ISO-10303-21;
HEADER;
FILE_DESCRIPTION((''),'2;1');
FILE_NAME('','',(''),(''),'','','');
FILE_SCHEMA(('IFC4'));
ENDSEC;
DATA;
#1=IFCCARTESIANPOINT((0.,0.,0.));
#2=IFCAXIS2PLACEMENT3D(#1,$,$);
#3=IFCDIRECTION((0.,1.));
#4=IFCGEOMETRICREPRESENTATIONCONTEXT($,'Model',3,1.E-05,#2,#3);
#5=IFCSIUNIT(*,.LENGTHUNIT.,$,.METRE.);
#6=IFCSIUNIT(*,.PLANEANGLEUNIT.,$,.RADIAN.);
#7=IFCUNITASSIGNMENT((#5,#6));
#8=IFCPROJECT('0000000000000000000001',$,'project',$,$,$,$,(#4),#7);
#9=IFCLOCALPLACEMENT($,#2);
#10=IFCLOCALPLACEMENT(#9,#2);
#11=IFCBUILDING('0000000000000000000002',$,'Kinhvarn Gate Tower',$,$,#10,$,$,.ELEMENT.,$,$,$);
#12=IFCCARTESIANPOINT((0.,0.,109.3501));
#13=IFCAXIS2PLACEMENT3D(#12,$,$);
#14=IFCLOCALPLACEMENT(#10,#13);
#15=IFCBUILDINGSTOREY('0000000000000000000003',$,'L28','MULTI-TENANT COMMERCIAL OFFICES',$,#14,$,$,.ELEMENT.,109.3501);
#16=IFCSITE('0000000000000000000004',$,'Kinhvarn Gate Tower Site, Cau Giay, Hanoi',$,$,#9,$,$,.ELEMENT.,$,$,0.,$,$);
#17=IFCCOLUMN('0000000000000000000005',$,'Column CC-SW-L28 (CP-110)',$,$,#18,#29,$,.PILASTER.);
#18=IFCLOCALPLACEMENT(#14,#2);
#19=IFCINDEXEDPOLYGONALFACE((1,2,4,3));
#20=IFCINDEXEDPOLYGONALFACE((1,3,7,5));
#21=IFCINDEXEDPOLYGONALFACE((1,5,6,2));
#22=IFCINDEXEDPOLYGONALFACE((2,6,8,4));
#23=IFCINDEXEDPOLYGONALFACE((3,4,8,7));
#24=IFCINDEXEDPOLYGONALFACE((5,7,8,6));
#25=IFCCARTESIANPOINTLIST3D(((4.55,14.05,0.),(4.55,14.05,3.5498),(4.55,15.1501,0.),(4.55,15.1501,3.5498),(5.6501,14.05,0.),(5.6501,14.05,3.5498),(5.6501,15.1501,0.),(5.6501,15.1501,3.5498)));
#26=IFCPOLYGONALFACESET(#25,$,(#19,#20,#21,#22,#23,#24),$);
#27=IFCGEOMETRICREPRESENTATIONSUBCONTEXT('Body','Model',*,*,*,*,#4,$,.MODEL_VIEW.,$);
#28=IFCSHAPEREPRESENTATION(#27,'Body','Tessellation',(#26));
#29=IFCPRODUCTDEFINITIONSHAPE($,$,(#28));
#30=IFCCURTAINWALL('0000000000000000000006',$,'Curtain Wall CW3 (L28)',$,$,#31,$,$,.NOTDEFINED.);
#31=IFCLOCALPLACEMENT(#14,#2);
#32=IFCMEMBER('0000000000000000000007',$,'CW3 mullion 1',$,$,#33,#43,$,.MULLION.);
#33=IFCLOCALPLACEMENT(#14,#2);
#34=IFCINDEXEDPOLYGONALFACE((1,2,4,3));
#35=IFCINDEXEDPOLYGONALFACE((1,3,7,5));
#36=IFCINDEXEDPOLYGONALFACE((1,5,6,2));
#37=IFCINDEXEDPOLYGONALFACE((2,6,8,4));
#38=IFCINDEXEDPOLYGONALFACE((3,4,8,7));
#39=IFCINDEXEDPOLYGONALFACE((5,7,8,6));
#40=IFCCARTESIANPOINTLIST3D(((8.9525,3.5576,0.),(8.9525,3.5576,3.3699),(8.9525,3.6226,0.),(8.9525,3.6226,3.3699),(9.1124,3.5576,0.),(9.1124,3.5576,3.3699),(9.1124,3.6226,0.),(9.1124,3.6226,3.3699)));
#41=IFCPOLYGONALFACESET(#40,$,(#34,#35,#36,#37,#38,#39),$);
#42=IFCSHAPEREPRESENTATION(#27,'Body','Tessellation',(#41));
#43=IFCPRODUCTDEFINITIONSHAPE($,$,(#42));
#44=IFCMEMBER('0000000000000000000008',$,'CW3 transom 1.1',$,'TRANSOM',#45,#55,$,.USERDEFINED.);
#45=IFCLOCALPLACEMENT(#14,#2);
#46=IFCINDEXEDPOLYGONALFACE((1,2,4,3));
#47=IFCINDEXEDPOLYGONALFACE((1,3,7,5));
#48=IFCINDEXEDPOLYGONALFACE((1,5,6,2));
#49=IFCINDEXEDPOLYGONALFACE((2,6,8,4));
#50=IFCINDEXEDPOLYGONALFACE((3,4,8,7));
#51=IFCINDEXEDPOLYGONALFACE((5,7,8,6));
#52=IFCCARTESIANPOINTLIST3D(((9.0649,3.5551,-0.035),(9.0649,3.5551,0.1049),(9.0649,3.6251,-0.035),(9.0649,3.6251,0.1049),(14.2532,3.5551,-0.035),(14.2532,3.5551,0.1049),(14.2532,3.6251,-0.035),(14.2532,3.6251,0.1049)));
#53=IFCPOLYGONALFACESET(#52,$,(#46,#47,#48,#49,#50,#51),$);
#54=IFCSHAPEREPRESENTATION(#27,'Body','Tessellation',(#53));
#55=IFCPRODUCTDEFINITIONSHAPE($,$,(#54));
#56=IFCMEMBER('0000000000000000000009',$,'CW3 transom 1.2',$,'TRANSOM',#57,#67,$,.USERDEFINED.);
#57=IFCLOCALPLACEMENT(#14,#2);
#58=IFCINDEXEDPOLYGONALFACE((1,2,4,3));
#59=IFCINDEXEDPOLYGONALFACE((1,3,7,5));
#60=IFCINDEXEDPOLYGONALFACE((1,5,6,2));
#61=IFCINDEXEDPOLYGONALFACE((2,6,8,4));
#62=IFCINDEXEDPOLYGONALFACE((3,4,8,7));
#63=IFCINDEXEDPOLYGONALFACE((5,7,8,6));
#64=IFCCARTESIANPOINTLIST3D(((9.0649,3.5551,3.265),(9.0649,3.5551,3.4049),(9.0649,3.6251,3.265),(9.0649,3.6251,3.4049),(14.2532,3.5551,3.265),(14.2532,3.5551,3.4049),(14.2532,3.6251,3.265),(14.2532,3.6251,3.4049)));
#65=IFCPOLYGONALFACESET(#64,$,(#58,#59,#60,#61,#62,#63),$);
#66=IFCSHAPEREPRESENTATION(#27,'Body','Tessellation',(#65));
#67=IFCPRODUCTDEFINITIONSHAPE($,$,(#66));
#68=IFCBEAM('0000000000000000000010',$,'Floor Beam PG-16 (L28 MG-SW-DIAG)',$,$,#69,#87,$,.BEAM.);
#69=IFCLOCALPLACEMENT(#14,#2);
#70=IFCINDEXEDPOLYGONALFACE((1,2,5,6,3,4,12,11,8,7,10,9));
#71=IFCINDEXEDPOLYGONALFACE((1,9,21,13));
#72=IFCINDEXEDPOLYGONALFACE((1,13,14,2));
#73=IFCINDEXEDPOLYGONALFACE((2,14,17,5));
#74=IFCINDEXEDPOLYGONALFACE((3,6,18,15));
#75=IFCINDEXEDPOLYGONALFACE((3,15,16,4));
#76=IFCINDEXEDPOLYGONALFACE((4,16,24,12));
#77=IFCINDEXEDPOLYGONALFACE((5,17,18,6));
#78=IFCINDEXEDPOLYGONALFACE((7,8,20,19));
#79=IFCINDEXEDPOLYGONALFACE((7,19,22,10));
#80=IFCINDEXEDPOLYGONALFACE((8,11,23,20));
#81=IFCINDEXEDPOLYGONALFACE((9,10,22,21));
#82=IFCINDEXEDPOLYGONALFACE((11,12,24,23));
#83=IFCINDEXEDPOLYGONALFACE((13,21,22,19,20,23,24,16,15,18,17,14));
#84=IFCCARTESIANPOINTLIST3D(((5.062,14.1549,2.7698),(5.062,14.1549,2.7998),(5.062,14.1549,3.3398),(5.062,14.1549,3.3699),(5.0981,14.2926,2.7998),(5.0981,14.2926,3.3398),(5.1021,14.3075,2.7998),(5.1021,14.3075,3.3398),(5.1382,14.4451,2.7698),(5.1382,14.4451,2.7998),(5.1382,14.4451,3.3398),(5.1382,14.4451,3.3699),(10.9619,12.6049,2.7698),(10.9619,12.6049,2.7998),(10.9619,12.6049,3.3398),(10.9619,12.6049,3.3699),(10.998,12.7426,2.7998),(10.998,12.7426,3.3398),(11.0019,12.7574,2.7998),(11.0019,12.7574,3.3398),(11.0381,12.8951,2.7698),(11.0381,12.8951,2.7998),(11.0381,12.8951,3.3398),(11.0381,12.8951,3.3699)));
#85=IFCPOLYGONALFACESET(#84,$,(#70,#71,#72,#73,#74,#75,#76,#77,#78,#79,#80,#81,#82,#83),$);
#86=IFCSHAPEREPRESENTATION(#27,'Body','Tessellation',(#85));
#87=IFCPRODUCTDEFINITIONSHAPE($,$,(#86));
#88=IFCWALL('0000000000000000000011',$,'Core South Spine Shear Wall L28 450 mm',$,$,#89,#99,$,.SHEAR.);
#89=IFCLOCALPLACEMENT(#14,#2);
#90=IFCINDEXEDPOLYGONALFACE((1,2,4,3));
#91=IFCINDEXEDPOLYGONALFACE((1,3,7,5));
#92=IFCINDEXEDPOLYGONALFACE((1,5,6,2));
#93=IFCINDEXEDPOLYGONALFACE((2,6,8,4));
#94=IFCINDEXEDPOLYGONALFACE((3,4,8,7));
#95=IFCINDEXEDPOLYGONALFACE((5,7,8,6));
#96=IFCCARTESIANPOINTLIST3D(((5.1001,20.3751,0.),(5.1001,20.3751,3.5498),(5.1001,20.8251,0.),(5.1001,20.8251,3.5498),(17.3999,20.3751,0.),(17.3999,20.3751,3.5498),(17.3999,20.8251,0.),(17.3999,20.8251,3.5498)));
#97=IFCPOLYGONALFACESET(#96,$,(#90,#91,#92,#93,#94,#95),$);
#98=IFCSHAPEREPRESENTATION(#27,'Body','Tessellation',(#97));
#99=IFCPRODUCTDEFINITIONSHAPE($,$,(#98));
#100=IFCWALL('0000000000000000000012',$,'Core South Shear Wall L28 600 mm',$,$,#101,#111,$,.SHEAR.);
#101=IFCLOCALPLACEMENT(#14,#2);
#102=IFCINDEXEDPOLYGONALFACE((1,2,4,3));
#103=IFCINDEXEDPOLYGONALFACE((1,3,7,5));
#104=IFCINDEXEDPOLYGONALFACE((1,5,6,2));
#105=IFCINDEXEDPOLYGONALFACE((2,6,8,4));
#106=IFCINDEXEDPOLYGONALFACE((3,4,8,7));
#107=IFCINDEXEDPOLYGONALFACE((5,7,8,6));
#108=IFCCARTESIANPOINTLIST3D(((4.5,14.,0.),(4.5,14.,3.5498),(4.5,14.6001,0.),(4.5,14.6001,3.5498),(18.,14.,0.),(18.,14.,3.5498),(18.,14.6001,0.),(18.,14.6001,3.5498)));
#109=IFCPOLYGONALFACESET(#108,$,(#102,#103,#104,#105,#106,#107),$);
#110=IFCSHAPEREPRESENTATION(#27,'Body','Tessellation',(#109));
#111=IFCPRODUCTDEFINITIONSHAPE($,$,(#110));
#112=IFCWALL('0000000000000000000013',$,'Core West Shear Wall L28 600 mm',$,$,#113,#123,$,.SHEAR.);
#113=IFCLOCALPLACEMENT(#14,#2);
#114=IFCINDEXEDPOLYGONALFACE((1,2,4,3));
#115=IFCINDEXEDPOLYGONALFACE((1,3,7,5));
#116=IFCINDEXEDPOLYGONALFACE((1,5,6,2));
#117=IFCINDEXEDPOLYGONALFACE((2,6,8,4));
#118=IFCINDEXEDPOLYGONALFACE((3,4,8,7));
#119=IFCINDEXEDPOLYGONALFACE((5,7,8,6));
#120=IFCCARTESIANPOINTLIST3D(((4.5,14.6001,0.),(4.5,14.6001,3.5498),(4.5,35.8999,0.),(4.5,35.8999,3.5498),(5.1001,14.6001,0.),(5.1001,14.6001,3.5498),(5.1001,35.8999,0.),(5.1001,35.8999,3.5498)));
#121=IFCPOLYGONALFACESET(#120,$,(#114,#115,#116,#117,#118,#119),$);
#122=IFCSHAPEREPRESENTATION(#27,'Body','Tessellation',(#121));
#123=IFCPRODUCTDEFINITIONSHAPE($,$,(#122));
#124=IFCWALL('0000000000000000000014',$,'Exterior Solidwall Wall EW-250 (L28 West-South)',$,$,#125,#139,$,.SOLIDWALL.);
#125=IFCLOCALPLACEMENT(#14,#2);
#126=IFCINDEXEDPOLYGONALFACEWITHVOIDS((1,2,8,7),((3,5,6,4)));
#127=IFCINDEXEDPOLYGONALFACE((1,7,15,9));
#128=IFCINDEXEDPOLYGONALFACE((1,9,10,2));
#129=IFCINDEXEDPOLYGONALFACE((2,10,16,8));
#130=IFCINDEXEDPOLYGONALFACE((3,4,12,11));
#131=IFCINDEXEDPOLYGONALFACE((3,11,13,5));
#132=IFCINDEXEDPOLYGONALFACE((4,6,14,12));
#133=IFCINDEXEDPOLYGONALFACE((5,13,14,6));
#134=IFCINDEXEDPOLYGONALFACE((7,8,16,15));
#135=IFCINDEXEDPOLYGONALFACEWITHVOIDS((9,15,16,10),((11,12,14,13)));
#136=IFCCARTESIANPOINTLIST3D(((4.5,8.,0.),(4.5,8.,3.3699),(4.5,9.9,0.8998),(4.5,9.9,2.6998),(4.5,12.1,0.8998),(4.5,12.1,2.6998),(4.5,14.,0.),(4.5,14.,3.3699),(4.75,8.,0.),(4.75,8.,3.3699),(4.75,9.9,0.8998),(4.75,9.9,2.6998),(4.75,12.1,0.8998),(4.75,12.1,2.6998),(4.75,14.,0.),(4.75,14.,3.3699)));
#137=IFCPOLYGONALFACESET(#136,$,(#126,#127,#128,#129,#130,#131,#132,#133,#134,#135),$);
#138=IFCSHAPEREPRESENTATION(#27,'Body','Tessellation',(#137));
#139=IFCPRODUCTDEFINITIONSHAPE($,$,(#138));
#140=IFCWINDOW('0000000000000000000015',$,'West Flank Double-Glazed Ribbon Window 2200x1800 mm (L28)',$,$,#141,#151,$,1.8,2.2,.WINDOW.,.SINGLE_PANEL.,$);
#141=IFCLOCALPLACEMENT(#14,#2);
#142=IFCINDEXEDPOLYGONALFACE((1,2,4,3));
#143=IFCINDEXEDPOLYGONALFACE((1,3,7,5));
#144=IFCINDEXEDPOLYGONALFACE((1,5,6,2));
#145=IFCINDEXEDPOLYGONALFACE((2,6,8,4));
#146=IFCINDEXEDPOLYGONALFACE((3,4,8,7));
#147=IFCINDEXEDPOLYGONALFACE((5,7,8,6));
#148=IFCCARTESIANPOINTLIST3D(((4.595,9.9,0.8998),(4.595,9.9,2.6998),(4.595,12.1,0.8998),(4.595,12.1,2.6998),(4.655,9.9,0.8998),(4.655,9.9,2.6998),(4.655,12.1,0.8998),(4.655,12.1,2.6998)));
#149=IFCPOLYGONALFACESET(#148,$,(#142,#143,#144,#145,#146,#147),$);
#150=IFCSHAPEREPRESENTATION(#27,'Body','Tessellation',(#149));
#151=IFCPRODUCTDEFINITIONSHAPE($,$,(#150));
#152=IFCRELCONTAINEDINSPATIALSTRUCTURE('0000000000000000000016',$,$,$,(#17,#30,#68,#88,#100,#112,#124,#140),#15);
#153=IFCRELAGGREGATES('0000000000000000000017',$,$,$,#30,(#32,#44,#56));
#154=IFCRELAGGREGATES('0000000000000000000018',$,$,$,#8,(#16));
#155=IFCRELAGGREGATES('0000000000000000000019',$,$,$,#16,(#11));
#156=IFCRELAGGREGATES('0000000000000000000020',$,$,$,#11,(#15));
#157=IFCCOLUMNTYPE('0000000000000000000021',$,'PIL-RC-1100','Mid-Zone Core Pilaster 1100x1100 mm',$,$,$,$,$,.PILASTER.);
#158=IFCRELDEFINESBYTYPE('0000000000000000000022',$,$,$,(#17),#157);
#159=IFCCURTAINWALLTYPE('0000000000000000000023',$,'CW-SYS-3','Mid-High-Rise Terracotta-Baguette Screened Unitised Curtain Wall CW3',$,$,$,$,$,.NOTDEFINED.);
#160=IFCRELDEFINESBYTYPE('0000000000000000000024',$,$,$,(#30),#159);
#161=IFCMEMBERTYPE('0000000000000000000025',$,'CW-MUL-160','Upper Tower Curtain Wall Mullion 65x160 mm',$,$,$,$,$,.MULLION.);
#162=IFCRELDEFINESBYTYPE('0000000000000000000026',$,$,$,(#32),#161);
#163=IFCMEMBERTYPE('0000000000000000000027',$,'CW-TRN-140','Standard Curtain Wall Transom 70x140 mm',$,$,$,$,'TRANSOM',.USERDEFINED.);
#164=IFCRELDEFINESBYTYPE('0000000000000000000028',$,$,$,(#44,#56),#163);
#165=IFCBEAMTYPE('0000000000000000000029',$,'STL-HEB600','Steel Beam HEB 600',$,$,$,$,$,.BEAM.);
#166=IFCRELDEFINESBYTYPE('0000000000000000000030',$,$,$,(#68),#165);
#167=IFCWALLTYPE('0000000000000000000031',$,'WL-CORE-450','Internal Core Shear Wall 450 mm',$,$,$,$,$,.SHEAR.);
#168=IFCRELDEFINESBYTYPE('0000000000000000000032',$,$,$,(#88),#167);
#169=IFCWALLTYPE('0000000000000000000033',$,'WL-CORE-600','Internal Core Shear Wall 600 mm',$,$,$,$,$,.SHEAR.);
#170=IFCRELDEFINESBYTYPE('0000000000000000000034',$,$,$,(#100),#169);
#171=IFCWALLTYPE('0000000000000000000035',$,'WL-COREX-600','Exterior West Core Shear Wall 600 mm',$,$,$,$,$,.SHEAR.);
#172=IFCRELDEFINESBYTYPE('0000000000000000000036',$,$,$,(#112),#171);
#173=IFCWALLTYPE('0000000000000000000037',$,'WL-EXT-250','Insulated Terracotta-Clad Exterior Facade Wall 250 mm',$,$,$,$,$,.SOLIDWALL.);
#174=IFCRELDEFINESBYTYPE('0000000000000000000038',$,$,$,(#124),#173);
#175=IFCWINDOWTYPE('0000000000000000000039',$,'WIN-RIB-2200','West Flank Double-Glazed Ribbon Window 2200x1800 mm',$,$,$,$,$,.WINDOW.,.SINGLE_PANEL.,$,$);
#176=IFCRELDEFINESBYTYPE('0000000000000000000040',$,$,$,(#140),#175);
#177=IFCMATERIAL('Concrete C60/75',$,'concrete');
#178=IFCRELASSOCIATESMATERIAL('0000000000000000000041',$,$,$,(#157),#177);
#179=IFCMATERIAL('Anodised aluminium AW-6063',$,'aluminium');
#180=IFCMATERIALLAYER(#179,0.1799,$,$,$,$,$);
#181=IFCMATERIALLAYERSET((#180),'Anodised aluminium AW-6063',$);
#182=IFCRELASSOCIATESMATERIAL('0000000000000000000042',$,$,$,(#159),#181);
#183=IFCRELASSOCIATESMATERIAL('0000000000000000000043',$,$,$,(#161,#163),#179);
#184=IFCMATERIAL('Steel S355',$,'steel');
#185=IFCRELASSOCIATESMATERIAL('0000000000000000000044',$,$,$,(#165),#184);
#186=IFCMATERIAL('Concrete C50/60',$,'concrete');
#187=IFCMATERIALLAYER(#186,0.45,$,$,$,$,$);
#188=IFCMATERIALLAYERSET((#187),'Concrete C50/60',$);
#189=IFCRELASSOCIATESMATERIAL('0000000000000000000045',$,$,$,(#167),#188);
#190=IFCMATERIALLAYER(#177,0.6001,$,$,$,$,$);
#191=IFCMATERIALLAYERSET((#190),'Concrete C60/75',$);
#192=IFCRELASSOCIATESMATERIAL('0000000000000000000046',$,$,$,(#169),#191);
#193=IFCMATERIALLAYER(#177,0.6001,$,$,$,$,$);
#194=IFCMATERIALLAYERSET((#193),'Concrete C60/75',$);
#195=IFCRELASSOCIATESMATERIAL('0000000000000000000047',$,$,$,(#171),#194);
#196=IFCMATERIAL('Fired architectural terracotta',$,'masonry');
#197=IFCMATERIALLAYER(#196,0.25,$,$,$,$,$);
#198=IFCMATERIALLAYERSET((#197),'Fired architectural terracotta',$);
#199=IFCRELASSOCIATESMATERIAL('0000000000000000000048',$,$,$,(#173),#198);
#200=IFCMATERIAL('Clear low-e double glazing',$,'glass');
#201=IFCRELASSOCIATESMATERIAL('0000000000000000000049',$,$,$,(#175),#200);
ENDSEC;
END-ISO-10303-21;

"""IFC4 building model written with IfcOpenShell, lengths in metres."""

from ifc_helpers import new_model, si_unit, direction, frame, frame_2d, origin, origin_2d, place, context, subcontext, project, spatial, rectangle, i_section, extrude, material, layer, layer_set, material_profile, profile_set, type_object, element, fill, aggregate, save


model = new_model("IFC4")

# Units and contexts
model_context = context("Model", 3, precision=1e-05, world=origin(), true_north=direction((0.0, 1.0)))
body_context = subcontext(model_context, "Body", "Model", "MODEL_VIEW")
ifc_project = project(units=[si_unit("LENGTHUNIT", "METRE"), si_unit("PLANEANGLEUNIT", "RADIAN")], contexts=[model_context])

# Site, building, storey
site_placement = place(None, origin())
site = spatial("IfcSite", under=ifc_project, at=site_placement, Name="Kinhvarn Gate Tower Site, Cau Giay, Hanoi", CompositionType="ELEMENT", RefElevation=0.0)
building_placement = place(site_placement, origin())
building = spatial("IfcBuilding", under=site, at=building_placement, Name="Kinhvarn Gate Tower", CompositionType="ELEMENT")
storey_placement = place(building_placement, frame((0.0, 0.0, 109.3501)))
storey = spatial("IfcBuildingStorey", under=building, at=storey_placement, Name="L28", Description="MULTI-TENANT COMMERCIAL OFFICES", CompositionType="ELEMENT", Elevation=109.3501)

# Column
ifc_material_1 = material(Name="Concrete C60/75", Category="concrete")
ifc_material_profile_1 = material_profile(ifc_material_1, rectangle(XDim=1.1001, YDim=1.1001, at=origin_2d()), Name="RC 1100x1100")
ifc_profile_set_1 = profile_set([ifc_material_profile_1], Name="Concrete C60/75")
column_type = type_object("IfcColumnType", Name="PIL-RC-1100", Description="Mid-Zone Core Pilaster 1100x1100 mm", PredefinedType="PILASTER", material=ifc_profile_set_1)
column_placement = place(storey_placement, frame((5.1001, 14.6001, 0.0), z_axis=(0.0, 0.0, 1.0), x_axis=(1.0, 0.0, 0.0)))
element("IfcColumn", 1, at=column_placement, inside=storey, type_object=column_type, Name="Column CC-SW-L28 (CP-110)", PredefinedType="PILASTER", context=body_context, shape_type="SweptSolid", body=[
    extrude(rectangle(XDim=1.1001, YDim=1.1001, at=origin_2d()), origin(), (0.0, 0.0, 1.0), 3.5498),
])

# Curtain wall, members
ifc_material_2 = material(Name="Anodised aluminium AW-6063", Category="aluminium")
ifc_layer_1 = layer(ifc_material_2, 0.1799)
ifc_layer_set_1 = layer_set([ifc_layer_1], Name="Anodised aluminium AW-6063")
curtain_wall_type = type_object("IfcCurtainWallType", Name="CW-SYS-3", Description="Mid-High-Rise Terracotta-Baguette Screened Unitised Curtain Wall CW3", PredefinedType="NOTDEFINED", material=ifc_layer_set_1)
curtain_wall_placement = place(storey_placement, origin())
curtain_wall = element("IfcCurtainWall", 2, at=curtain_wall_placement, inside=storey, type_object=curtain_wall_type, Name="Curtain Wall CW3 (L28)", PredefinedType="NOTDEFINED")
ifc_material_profile_2 = material_profile(ifc_material_2, rectangle(XDim=0.0649, YDim=0.1599, at=origin_2d()), Name="ALU 65x160")
ifc_profile_set_2 = profile_set([ifc_material_profile_2], Name="Anodised aluminium AW-6063")
member_type_1 = type_object("IfcMemberType", Name="CW-MUL-160", Description="Upper Tower Curtain Wall Mullion 65x160 mm", PredefinedType="MULLION", material=ifc_profile_set_2)
member_1_placement = place(storey_placement, frame((9.0325, 3.5901, 0.0), z_axis=(0.0, 0.0, 1.0), x_axis=(0.0, 1.0, 0.0)))
member_1 = element("IfcMember", 3, at=member_1_placement, type_object=member_type_1, Name="CW3 mullion 1", PredefinedType="MULLION", context=body_context, shape_type="SweptSolid", body=[
    extrude(rectangle(XDim=0.0649, YDim=0.1599, at=origin_2d()), origin(), (0.0, 0.0, 1.0), 3.3699),
])
ifc_material_profile_3 = material_profile(ifc_material_2, rectangle(XDim=0.0701, YDim=0.1399, at=origin_2d()), Name="ALU 70x140")
ifc_profile_set_3 = profile_set([ifc_material_profile_3], Name="Anodised aluminium AW-6063")
member_type_2 = type_object("IfcMemberType", Name="CW-TRN-140", Description="Standard Curtain Wall Transom 70x140 mm", ElementType="TRANSOM", PredefinedType="USERDEFINED", material=ifc_profile_set_3)
member_2_placement = place(storey_placement, frame((9.0649, 3.5901, 0.0349), z_axis=(1.0, 0.0, 0.0), x_axis=(0.0, 1.0, 0.0)))
member_2 = element("IfcMember", 4, at=member_2_placement, type_object=member_type_2, Name="CW3 transom 1.1", ObjectType="TRANSOM", PredefinedType="USERDEFINED", context=body_context, shape_type="SweptSolid", body=[
    extrude(rectangle(XDim=0.0701, YDim=0.1399, at=origin_2d()), origin(), (0.0, 0.0, 1.0), 5.1882),
])
member_3_placement = place(storey_placement, frame((9.0649, 3.5901, 3.335), z_axis=(1.0, 0.0, 0.0), x_axis=(0.0, 1.0, 0.0)))
member_3 = element("IfcMember", 5, at=member_3_placement, type_object=member_type_2, Name="CW3 transom 1.2", ObjectType="TRANSOM", PredefinedType="USERDEFINED", context=body_context, shape_type="SweptSolid", body=[
    extrude(rectangle(XDim=0.0701, YDim=0.1399, at=origin_2d()), origin(), (0.0, 0.0, 1.0), 5.1882),
])
aggregate(curtain_wall, [member_1, member_2, member_3])

# Beam
ifc_material_3 = material(Name="Steel S355", Category="steel")
ifc_material_profile_4 = material_profile(ifc_material_3, i_section(OverallWidth=0.3, OverallDepth=0.6001, WebThickness=0.0154, FlangeThickness=0.03, at=origin_2d()), Name="HEB 600")
ifc_profile_set_4 = profile_set([ifc_material_profile_4], Name="Steel S355")
beam_type = type_object("IfcBeamType", Name="STL-HEB600", Description="Steel Beam HEB 600", PredefinedType="BEAM", material=ifc_profile_set_4)
beam_placement = place(storey_placement, frame((5.1001, 14.3, 3.0698), z_axis=(0.967178, -0.254101, 0.0), x_axis=(0.254101, 0.967178, 0.0)))
element("IfcBeam", 6, at=beam_placement, inside=storey, type_object=beam_type, Name="Floor Beam PG-16 (L28 MG-SW-DIAG)", PredefinedType="BEAM", context=body_context, shape_type="SweptSolid", body=[
    extrude(i_section(OverallWidth=0.3, OverallDepth=0.6001, WebThickness=0.0154, FlangeThickness=0.03, at=origin_2d()), origin(), (0.0, 0.0, 1.0), 6.1001),
])

# Walls
ifc_material_4 = material(Name="Concrete C50/60", Category="concrete")
ifc_layer_2 = layer(ifc_material_4, 0.45)
ifc_layer_set_2 = layer_set([ifc_layer_2], Name="Concrete C50/60")
wall_type_1 = type_object("IfcWallType", Name="WL-CORE-450", Description="Internal Core Shear Wall 450 mm", PredefinedType="SHEAR", material=ifc_layer_set_2)
wall_1_placement = place(storey_placement, frame((5.1001, 20.6001, 0.0), z_axis=(0.0, 0.0, 1.0), x_axis=(1.0, 0.0, 0.0)))
element("IfcWall", 7, at=wall_1_placement, inside=storey, type_object=wall_type_1, Name="Core South Spine Shear Wall L28 450 mm", PredefinedType="SHEAR", context=body_context, shape_type="SweptSolid", body=[
    extrude(rectangle(XDim=12.2998, YDim=0.45, at=frame_2d((6.1499, 0.0))), origin(), (0.0, 0.0, 1.0), 3.5498),
])
ifc_layer_3 = layer(ifc_material_1, 0.6001)
ifc_layer_set_3 = layer_set([ifc_layer_3], Name="Concrete C60/75")
wall_type_2 = type_object("IfcWallType", Name="WL-CORE-600", Description="Internal Core Shear Wall 600 mm", PredefinedType="SHEAR", material=ifc_layer_set_3)
wall_2_placement = place(storey_placement, frame((4.5, 14.3, 0.0), z_axis=(0.0, 0.0, 1.0), x_axis=(1.0, 0.0, 0.0)))
element("IfcWall", 8, at=wall_2_placement, inside=storey, type_object=wall_type_2, Name="Core South Shear Wall L28 600 mm", PredefinedType="SHEAR", context=body_context, shape_type="SweptSolid", body=[
    extrude(rectangle(XDim=13.5, YDim=0.6001, at=frame_2d((6.75, 0.0))), origin(), (0.0, 0.0, 1.0), 3.5498),
])
ifc_layer_4 = layer(ifc_material_1, 0.6001)
ifc_layer_set_4 = layer_set([ifc_layer_4], Name="Concrete C60/75")
wall_type_3 = type_object("IfcWallType", Name="WL-COREX-600", Description="Exterior West Core Shear Wall 600 mm", PredefinedType="SHEAR", material=ifc_layer_set_4)
wall_3_placement = place(storey_placement, frame((4.8, 14.6001, 0.0), z_axis=(0.0, 0.0, 1.0), x_axis=(0.0, 1.0, 0.0)))
element("IfcWall", 9, at=wall_3_placement, inside=storey, type_object=wall_type_3, Name="Core West Shear Wall L28 600 mm", PredefinedType="SHEAR", context=body_context, shape_type="SweptSolid", body=[
    extrude(rectangle(XDim=21.2998, YDim=0.6001, at=frame_2d((10.6499, 0.0))), origin(), (0.0, 0.0, 1.0), 3.5498),
])

# Wall, opening, window
ifc_material_5 = material(Name="Fired architectural terracotta", Category="masonry")
ifc_layer_5 = layer(ifc_material_5, 0.25)
ifc_layer_set_5 = layer_set([ifc_layer_5], Name="Fired architectural terracotta")
wall_type_4 = type_object("IfcWallType", Name="WL-EXT-250", Description="Insulated Terracotta-Clad Exterior Facade Wall 250 mm", PredefinedType="SOLIDWALL", material=ifc_layer_set_5)
wall_4_placement = place(storey_placement, frame((4.625, 14.0, 0.0), z_axis=(0.0, 0.0, 1.0), x_axis=(0.0, -1.0, 0.0)))
wall_4 = element("IfcWall", 10, at=wall_4_placement, inside=storey, type_object=wall_type_4, Name="Exterior Solidwall Wall EW-250 (L28 West-South)", PredefinedType="SOLIDWALL", context=body_context, shape_type="SweptSolid", body=[
    extrude(rectangle(XDim=6.0, YDim=0.25, at=frame_2d((3.0, 0.0))), origin(), (0.0, 0.0, 1.0), 3.3699),
])
opening_1_placement = place(wall_4_placement, frame((1.8999, 0.0, 0.8999)))
opening_1 = element("IfcOpeningElement", 11, at=opening_1_placement, cuts=wall_4, PredefinedType="OPENING", context=body_context, shape_type="SweptSolid", body=[
    extrude(rectangle(XDim=2.2, YDim=1.8, at=frame_2d((1.1001, 0.8999))), frame((0.0, 0.135, 0.0), z_axis=(0.0, -1.0, 0.0), x_axis=(1.0, 0.0, 0.0)), (0.0, 0.0, 1.0), 0.27),
])
ifc_material_6 = material(Name="Clear low-e double glazing", Category="glass")
window_type_1 = type_object("IfcWindowType", Name="WIN-RIB-2200", Description="West Flank Double-Glazed Ribbon Window 2200x1800 mm", PartitioningType="SINGLE_PANEL", PredefinedType="WINDOW", material=ifc_material_6)
window_1_placement = place(opening_1_placement, origin())
window_1 = element("IfcWindow", 12, at=window_1_placement, inside=storey, type_object=window_type_1, Name="West Flank Double-Glazed Ribbon Window 2200x1800 mm (L28)", OverallHeight=1.8, OverallWidth=2.2, PartitioningType="SINGLE_PANEL", PredefinedType="WINDOW", context=body_context, shape_type="SweptSolid", body=[
    extrude(rectangle(XDim=2.2, YDim=1.8, at=frame_2d((1.1001, 0.8999))), frame((0.0, 0.03, 0.0), z_axis=(0.0, -1.0, 0.0), x_axis=(1.0, 0.0, 0.0)), (0.0, 0.0, 1.0), 0.0601),
])
fill(opening_1, window_1)

save(model, "model.ifc")
